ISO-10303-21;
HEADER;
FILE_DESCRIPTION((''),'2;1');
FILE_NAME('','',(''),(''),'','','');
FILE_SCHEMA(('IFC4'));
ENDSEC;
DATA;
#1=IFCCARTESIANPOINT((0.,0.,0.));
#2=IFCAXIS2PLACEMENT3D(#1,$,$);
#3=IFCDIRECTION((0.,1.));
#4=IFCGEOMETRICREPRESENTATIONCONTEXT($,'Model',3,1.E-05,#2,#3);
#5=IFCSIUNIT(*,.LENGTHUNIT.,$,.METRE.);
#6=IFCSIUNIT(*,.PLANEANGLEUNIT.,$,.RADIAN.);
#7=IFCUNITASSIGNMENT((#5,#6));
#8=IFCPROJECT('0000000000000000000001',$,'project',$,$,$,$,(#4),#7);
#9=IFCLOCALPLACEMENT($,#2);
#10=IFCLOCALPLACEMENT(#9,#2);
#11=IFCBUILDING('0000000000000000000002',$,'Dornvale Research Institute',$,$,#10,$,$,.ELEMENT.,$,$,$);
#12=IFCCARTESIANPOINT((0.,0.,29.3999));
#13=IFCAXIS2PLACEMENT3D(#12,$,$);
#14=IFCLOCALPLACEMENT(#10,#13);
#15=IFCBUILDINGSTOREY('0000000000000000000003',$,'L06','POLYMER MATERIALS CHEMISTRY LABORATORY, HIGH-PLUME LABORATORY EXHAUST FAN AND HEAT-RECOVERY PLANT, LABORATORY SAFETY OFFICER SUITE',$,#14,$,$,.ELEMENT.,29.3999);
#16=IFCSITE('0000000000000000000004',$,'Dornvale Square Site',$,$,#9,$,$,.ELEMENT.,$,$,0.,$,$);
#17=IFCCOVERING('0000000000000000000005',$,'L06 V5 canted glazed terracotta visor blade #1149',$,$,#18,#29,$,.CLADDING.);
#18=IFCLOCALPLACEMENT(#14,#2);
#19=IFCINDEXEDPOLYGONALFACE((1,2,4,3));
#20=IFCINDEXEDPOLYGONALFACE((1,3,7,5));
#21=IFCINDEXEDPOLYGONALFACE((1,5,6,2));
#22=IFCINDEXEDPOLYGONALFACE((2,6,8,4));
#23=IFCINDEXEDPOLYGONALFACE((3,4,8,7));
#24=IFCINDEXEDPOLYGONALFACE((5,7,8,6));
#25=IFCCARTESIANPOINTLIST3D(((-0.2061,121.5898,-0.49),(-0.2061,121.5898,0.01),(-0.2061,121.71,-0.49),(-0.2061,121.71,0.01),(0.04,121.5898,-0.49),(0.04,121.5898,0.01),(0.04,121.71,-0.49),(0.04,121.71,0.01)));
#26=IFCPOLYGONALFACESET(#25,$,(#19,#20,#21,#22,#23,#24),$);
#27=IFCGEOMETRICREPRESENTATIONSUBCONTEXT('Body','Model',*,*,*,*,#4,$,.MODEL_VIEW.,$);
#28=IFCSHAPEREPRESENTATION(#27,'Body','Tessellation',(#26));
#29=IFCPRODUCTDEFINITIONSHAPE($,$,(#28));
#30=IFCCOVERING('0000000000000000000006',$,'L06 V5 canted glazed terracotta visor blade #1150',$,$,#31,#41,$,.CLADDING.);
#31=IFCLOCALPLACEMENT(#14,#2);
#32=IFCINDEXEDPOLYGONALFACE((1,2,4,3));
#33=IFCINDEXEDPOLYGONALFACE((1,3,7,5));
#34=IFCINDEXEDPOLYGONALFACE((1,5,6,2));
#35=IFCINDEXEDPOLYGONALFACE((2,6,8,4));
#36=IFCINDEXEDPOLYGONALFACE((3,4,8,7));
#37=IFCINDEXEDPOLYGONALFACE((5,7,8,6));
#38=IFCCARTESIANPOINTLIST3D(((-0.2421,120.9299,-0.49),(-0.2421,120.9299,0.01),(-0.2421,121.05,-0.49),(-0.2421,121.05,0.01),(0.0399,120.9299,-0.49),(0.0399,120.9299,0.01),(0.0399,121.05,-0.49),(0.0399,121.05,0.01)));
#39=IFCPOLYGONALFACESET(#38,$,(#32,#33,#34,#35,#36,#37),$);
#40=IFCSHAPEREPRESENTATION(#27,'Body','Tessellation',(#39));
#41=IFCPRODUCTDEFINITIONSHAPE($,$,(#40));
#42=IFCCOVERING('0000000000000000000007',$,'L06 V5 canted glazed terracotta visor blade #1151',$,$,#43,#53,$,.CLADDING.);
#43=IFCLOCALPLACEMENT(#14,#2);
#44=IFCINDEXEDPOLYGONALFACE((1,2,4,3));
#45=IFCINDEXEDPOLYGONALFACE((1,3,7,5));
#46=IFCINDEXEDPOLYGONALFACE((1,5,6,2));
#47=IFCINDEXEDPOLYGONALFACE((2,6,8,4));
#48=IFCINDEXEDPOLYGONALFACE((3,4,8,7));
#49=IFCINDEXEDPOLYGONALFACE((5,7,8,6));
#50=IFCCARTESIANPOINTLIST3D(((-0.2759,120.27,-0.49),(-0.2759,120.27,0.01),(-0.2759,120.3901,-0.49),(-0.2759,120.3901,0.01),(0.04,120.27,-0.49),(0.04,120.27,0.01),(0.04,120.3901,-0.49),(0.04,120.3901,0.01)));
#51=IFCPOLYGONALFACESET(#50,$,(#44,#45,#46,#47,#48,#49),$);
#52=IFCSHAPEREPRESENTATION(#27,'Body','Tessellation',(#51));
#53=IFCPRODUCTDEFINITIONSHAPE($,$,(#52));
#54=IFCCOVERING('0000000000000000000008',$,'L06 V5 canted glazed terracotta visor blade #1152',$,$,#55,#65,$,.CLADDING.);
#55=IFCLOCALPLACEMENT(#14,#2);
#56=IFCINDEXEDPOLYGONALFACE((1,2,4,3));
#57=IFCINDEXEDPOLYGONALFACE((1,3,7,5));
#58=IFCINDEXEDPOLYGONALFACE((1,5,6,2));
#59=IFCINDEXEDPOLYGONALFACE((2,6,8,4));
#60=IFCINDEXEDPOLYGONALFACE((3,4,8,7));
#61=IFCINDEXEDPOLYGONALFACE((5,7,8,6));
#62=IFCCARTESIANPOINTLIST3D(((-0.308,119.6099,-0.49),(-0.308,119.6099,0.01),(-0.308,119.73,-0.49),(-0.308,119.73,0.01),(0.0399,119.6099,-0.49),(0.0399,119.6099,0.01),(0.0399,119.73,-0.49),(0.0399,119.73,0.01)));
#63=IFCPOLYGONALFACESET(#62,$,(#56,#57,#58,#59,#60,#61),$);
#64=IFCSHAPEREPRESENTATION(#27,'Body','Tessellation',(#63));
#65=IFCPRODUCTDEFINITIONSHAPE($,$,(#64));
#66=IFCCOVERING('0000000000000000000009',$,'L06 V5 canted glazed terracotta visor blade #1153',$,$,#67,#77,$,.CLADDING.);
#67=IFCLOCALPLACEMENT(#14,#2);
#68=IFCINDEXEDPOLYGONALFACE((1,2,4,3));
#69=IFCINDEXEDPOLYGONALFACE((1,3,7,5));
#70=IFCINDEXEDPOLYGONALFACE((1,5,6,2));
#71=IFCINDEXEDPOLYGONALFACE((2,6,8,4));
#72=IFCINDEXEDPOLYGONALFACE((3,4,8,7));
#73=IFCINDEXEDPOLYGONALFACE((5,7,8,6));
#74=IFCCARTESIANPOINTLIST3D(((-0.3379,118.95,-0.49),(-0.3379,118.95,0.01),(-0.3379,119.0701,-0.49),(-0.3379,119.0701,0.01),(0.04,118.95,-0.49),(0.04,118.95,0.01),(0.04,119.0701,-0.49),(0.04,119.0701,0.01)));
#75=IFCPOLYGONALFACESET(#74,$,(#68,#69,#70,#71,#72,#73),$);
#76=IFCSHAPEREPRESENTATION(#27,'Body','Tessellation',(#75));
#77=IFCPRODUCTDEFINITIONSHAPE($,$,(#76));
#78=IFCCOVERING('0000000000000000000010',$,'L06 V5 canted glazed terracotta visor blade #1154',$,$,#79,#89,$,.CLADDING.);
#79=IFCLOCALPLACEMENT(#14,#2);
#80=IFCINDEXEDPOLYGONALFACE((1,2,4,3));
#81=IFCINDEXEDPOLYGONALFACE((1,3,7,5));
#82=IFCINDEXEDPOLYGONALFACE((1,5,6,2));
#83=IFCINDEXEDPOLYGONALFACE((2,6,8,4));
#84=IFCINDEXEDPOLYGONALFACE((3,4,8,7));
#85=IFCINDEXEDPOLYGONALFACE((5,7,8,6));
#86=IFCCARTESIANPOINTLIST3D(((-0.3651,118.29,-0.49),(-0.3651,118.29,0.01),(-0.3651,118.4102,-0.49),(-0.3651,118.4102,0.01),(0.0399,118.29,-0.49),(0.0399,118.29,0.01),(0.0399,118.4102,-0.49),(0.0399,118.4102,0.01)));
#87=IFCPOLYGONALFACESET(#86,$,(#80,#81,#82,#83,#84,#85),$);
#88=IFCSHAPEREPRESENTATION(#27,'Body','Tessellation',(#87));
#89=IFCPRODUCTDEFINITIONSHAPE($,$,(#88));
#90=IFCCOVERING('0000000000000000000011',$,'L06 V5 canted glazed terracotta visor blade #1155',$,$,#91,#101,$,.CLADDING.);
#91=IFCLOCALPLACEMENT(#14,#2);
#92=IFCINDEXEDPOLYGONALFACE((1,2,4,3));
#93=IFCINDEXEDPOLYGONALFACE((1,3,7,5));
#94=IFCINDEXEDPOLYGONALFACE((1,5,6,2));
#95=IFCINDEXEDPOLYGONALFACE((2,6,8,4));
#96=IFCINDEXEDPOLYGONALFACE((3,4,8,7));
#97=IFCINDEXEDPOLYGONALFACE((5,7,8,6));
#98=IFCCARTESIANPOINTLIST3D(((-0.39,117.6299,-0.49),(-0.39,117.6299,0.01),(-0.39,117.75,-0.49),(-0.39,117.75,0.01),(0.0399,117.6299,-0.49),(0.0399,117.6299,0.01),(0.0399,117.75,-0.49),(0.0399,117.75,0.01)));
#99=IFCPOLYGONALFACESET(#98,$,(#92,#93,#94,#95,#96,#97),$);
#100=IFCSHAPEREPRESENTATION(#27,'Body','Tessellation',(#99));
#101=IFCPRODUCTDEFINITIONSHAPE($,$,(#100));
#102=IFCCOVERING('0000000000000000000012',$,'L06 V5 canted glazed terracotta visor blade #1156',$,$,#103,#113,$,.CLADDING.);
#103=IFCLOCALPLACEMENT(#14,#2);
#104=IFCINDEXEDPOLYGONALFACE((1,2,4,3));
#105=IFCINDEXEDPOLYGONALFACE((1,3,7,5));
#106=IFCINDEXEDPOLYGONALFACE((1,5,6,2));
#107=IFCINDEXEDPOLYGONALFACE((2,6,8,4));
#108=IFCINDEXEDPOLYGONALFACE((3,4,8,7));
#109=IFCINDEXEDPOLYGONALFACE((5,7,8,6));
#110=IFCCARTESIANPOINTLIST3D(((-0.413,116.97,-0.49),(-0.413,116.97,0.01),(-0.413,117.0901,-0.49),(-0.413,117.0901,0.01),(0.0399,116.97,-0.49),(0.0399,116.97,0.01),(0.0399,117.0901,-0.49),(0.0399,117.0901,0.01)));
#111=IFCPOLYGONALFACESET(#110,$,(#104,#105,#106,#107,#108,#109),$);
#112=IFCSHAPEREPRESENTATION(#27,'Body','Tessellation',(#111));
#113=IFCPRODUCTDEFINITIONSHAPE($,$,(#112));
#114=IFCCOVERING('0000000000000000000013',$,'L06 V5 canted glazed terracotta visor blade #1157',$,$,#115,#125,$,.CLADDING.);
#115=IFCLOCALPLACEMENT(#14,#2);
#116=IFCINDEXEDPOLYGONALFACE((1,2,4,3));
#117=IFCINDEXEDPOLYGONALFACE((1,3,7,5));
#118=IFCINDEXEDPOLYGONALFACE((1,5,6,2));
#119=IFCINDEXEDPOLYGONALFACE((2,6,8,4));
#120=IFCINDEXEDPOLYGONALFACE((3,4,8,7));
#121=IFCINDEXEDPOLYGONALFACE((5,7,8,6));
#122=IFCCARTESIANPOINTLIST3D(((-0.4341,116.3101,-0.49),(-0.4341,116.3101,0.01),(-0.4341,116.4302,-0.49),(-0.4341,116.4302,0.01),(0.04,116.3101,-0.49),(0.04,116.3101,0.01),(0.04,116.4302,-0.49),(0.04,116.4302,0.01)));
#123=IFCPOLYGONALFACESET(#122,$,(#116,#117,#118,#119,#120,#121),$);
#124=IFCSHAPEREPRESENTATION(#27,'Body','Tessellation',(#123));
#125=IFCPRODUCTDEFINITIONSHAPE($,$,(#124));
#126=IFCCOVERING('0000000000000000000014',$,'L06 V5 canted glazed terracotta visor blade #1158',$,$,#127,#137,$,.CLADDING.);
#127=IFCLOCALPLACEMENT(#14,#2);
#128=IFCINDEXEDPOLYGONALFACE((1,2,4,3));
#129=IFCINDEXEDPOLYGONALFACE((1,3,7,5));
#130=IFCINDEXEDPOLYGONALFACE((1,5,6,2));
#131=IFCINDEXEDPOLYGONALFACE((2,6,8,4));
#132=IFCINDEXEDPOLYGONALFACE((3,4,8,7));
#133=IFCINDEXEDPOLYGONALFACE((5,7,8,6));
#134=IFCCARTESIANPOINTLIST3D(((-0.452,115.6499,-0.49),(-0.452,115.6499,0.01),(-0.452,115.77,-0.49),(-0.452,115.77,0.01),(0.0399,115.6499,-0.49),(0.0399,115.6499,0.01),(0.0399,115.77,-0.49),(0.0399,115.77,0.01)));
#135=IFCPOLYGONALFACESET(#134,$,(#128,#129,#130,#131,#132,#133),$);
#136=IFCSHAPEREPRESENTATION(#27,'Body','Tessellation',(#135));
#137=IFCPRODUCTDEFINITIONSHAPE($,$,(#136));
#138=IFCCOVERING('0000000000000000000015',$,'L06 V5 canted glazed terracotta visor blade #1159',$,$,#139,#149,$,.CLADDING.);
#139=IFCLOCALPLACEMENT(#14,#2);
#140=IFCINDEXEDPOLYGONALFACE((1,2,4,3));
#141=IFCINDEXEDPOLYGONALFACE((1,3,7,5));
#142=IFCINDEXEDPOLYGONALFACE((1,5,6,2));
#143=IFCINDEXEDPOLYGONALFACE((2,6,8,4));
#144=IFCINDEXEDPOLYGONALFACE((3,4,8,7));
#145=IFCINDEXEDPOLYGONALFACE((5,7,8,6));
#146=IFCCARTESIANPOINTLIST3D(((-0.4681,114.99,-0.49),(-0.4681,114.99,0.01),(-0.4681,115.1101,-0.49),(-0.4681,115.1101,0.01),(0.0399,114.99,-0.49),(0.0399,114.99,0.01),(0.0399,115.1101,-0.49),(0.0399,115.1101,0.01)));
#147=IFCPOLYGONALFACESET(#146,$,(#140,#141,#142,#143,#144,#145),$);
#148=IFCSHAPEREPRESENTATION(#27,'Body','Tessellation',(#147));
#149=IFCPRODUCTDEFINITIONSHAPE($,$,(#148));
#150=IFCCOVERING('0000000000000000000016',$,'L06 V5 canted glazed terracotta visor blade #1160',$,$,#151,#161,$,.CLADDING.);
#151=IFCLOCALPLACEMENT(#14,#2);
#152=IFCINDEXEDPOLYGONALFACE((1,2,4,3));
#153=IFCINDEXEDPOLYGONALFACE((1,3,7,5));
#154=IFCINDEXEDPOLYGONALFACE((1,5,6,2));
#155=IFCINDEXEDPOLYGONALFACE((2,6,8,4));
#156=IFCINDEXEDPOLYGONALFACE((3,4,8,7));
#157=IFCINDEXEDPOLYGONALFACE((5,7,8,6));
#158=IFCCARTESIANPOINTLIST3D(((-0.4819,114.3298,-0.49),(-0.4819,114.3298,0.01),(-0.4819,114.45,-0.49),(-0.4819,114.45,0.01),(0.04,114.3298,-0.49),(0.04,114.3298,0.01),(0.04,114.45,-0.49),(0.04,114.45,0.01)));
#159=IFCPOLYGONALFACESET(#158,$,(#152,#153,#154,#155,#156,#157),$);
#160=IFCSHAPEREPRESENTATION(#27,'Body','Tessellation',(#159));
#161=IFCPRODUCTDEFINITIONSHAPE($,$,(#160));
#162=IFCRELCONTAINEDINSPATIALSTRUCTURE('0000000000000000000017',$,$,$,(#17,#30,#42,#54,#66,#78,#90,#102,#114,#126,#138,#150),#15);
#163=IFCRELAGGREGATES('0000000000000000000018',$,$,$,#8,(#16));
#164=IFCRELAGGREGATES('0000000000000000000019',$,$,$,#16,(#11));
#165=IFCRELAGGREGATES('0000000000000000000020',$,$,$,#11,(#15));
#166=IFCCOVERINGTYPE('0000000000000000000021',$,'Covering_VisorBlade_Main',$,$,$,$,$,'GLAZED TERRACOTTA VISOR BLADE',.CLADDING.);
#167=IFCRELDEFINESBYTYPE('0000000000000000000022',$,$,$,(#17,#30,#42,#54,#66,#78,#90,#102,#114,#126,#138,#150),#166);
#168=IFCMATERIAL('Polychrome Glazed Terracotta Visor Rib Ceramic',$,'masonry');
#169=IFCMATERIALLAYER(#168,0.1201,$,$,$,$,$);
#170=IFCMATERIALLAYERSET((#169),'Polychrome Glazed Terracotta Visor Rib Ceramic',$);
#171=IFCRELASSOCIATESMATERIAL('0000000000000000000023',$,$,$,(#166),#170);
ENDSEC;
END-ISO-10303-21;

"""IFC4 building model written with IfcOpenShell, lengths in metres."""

from ifc_helpers import new_model, si_unit, direction, frame, origin, origin_2d, place, context, subcontext, project, spatial, rectangle, extrude, material, layer, layer_set, type_object, element, save


model = new_model("IFC4")

# Units and contexts
model_context = context("Model", 3, precision=1e-05, world=origin(), true_north=direction((0.0, 1.0)))
body_context = subcontext(model_context, "Body", "Model", "MODEL_VIEW")
ifc_project = project(units=[si_unit("LENGTHUNIT", "METRE"), si_unit("PLANEANGLEUNIT", "RADIAN")], contexts=[model_context])

# Site, building, storey
site_placement = place(None, origin())
site = spatial("IfcSite", under=ifc_project, at=site_placement, Name="Dornvale Square Site", CompositionType="ELEMENT", RefElevation=0.0)
building_placement = place(site_placement, origin())
building = spatial("IfcBuilding", under=site, at=building_placement, Name="Dornvale Research Institute", CompositionType="ELEMENT")
storey_placement = place(building_placement, frame((0.0, 0.0, 29.3999)))
storey = spatial("IfcBuildingStorey", under=building, at=storey_placement, Name="L06", Description="POLYMER MATERIALS CHEMISTRY LABORATORY, HIGH-PLUME LABORATORY EXHAUST FAN AND HEAT-RECOVERY PLANT, LABORATORY SAFETY OFFICER SUITE", CompositionType="ELEMENT", Elevation=29.3999)

# Coverings
ifc_material_1 = material(Name="Polychrome Glazed Terracotta Visor Rib Ceramic", Category="masonry")
ifc_layer_1 = layer(ifc_material_1, 0.1201)
ifc_layer_set_1 = layer_set([ifc_layer_1], Name="Polychrome Glazed Terracotta Visor Rib Ceramic")
covering_type = type_object("IfcCoveringType", Name="Covering_VisorBlade_Main", ElementType="GLAZED TERRACOTTA VISOR BLADE", PredefinedType="CLADDING", material=ifc_layer_set_1)
covering_1_placement = place(storey_placement, frame((-0.083, 121.6499, -0.49), z_axis=(0.0, 0.0, 1.0), x_axis=(1.0, 0.0, 0.0)))
element("IfcCovering", 1, at=covering_1_placement, inside=storey, type_object=covering_type, Name="L06 V5 canted glazed terracotta visor blade #1149", PredefinedType="CLADDING", context=body_context, shape_type="SweptSolid", body=[
    extrude(rectangle(XDim=0.2461, YDim=0.1201, at=origin_2d()), origin(), (0.0, 0.0, 1.0), 0.5),
])
covering_2_placement = place(storey_placement, frame((-0.1011, 120.99, -0.49), z_axis=(0.0, 0.0, 1.0), x_axis=(1.0, 0.0, 0.0)))
element("IfcCovering", 2, at=covering_2_placement, inside=storey, type_object=covering_type, Name="L06 V5 canted glazed terracotta visor blade #1150", PredefinedType="CLADDING", context=body_context, shape_type="SweptSolid", body=[
    extrude(rectangle(XDim=0.282, YDim=0.1201, at=origin_2d()), origin(), (0.0, 0.0, 1.0), 0.5),
])
covering_3_placement = place(storey_placement, frame((-0.1179, 120.3301, -0.49), z_axis=(0.0, 0.0, 1.0), x_axis=(1.0, 0.0, 0.0)))
element("IfcCovering", 3, at=covering_3_placement, inside=storey, type_object=covering_type, Name="L06 V5 canted glazed terracotta visor blade #1151", PredefinedType="CLADDING", context=body_context, shape_type="SweptSolid", body=[
    extrude(rectangle(XDim=0.3159, YDim=0.1201, at=origin_2d()), origin(), (0.0, 0.0, 1.0), 0.5),
])
covering_4_placement = place(storey_placement, frame((-0.134, 119.6699, -0.49), z_axis=(0.0, 0.0, 1.0), x_axis=(1.0, 0.0, 0.0)))
element("IfcCovering", 4, at=covering_4_placement, inside=storey, type_object=covering_type, Name="L06 V5 canted glazed terracotta visor blade #1152", PredefinedType="CLADDING", context=body_context, shape_type="SweptSolid", body=[
    extrude(rectangle(XDim=0.3479, YDim=0.1201, at=origin_2d()), origin(), (0.0, 0.0, 1.0), 0.5),
])
covering_5_placement = place(storey_placement, frame((-0.1489, 119.01, -0.49), z_axis=(0.0, 0.0, 1.0), x_axis=(1.0, 0.0, 0.0)))
element("IfcCovering", 5, at=covering_5_placement, inside=storey, type_object=covering_type, Name="L06 V5 canted glazed terracotta visor blade #1153", PredefinedType="CLADDING", context=body_context, shape_type="SweptSolid", body=[
    extrude(rectangle(XDim=0.3779, YDim=0.1201, at=origin_2d()), origin(), (0.0, 0.0, 1.0), 0.5),
])
covering_6_placement = place(storey_placement, frame((-0.1626, 118.3501, -0.49), z_axis=(0.0, 0.0, 1.0), x_axis=(1.0, 0.0, 0.0)))
element("IfcCovering", 6, at=covering_6_placement, inside=storey, type_object=covering_type, Name="L06 V5 canted glazed terracotta visor blade #1154", PredefinedType="CLADDING", context=body_context, shape_type="SweptSolid", body=[
    extrude(rectangle(XDim=0.405, YDim=0.1201, at=origin_2d()), origin(), (0.0, 0.0, 1.0), 0.5),
])
covering_7_placement = place(storey_placement, frame((-0.175, 117.6899, -0.49), z_axis=(0.0, 0.0, 1.0), x_axis=(1.0, 0.0, 0.0)))
element("IfcCovering", 7, at=covering_7_placement, inside=storey, type_object=covering_type, Name="L06 V5 canted glazed terracotta visor blade #1155", PredefinedType="CLADDING", context=body_context, shape_type="SweptSolid", body=[
    extrude(rectangle(XDim=0.4299, YDim=0.1201, at=origin_2d()), origin(), (0.0, 0.0, 1.0), 0.5),
])
covering_8_placement = place(storey_placement, frame((-0.1865, 117.03, -0.49), z_axis=(0.0, 0.0, 1.0), x_axis=(1.0, 0.0, 0.0)))
element("IfcCovering", 8, at=covering_8_placement, inside=storey, type_object=covering_type, Name="L06 V5 canted glazed terracotta visor blade #1156", PredefinedType="CLADDING", context=body_context, shape_type="SweptSolid", body=[
    extrude(rectangle(XDim=0.4529, YDim=0.1201, at=origin_2d()), origin(), (0.0, 0.0, 1.0), 0.5),
])
covering_9_placement = place(storey_placement, frame((-0.197, 116.3701, -0.49), z_axis=(0.0, 0.0, 1.0), x_axis=(1.0, 0.0, 0.0)))
element("IfcCovering", 9, at=covering_9_placement, inside=storey, type_object=covering_type, Name="L06 V5 canted glazed terracotta visor blade #1157", PredefinedType="CLADDING", context=body_context, shape_type="SweptSolid", body=[
    extrude(rectangle(XDim=0.4741, YDim=0.1201, at=origin_2d()), origin(), (0.0, 0.0, 1.0), 0.5),
])
covering_10_placement = place(storey_placement, frame((-0.2061, 115.71, -0.49), z_axis=(0.0, 0.0, 1.0), x_axis=(1.0, 0.0, 0.0)))
element("IfcCovering", 10, at=covering_10_placement, inside=storey, type_object=covering_type, Name="L06 V5 canted glazed terracotta visor blade #1158", PredefinedType="CLADDING", context=body_context, shape_type="SweptSolid", body=[
    extrude(rectangle(XDim=0.4919, YDim=0.1201, at=origin_2d()), origin(), (0.0, 0.0, 1.0), 0.5),
])
covering_11_placement = place(storey_placement, frame((-0.2141, 115.05, -0.49), z_axis=(0.0, 0.0, 1.0), x_axis=(1.0, 0.0, 0.0)))
element("IfcCovering", 11, at=covering_11_placement, inside=storey, type_object=covering_type, Name="L06 V5 canted glazed terracotta visor blade #1159", PredefinedType="CLADDING", context=body_context, shape_type="SweptSolid", body=[
    extrude(rectangle(XDim=0.5081, YDim=0.1201, at=origin_2d()), origin(), (0.0, 0.0, 1.0), 0.5),
])
covering_12_placement = place(storey_placement, frame((-0.2209, 114.3899, -0.49), z_axis=(0.0, 0.0, 1.0), x_axis=(1.0, 0.0, 0.0)))
element("IfcCovering", 12, at=covering_12_placement, inside=storey, type_object=covering_type, Name="L06 V5 canted glazed terracotta visor blade #1160", PredefinedType="CLADDING", context=body_context, shape_type="SweptSolid", body=[
    extrude(rectangle(XDim=0.522, YDim=0.1201, at=origin_2d()), origin(), (0.0, 0.0, 1.0), 0.5),
])

save(model, "model.ifc")
